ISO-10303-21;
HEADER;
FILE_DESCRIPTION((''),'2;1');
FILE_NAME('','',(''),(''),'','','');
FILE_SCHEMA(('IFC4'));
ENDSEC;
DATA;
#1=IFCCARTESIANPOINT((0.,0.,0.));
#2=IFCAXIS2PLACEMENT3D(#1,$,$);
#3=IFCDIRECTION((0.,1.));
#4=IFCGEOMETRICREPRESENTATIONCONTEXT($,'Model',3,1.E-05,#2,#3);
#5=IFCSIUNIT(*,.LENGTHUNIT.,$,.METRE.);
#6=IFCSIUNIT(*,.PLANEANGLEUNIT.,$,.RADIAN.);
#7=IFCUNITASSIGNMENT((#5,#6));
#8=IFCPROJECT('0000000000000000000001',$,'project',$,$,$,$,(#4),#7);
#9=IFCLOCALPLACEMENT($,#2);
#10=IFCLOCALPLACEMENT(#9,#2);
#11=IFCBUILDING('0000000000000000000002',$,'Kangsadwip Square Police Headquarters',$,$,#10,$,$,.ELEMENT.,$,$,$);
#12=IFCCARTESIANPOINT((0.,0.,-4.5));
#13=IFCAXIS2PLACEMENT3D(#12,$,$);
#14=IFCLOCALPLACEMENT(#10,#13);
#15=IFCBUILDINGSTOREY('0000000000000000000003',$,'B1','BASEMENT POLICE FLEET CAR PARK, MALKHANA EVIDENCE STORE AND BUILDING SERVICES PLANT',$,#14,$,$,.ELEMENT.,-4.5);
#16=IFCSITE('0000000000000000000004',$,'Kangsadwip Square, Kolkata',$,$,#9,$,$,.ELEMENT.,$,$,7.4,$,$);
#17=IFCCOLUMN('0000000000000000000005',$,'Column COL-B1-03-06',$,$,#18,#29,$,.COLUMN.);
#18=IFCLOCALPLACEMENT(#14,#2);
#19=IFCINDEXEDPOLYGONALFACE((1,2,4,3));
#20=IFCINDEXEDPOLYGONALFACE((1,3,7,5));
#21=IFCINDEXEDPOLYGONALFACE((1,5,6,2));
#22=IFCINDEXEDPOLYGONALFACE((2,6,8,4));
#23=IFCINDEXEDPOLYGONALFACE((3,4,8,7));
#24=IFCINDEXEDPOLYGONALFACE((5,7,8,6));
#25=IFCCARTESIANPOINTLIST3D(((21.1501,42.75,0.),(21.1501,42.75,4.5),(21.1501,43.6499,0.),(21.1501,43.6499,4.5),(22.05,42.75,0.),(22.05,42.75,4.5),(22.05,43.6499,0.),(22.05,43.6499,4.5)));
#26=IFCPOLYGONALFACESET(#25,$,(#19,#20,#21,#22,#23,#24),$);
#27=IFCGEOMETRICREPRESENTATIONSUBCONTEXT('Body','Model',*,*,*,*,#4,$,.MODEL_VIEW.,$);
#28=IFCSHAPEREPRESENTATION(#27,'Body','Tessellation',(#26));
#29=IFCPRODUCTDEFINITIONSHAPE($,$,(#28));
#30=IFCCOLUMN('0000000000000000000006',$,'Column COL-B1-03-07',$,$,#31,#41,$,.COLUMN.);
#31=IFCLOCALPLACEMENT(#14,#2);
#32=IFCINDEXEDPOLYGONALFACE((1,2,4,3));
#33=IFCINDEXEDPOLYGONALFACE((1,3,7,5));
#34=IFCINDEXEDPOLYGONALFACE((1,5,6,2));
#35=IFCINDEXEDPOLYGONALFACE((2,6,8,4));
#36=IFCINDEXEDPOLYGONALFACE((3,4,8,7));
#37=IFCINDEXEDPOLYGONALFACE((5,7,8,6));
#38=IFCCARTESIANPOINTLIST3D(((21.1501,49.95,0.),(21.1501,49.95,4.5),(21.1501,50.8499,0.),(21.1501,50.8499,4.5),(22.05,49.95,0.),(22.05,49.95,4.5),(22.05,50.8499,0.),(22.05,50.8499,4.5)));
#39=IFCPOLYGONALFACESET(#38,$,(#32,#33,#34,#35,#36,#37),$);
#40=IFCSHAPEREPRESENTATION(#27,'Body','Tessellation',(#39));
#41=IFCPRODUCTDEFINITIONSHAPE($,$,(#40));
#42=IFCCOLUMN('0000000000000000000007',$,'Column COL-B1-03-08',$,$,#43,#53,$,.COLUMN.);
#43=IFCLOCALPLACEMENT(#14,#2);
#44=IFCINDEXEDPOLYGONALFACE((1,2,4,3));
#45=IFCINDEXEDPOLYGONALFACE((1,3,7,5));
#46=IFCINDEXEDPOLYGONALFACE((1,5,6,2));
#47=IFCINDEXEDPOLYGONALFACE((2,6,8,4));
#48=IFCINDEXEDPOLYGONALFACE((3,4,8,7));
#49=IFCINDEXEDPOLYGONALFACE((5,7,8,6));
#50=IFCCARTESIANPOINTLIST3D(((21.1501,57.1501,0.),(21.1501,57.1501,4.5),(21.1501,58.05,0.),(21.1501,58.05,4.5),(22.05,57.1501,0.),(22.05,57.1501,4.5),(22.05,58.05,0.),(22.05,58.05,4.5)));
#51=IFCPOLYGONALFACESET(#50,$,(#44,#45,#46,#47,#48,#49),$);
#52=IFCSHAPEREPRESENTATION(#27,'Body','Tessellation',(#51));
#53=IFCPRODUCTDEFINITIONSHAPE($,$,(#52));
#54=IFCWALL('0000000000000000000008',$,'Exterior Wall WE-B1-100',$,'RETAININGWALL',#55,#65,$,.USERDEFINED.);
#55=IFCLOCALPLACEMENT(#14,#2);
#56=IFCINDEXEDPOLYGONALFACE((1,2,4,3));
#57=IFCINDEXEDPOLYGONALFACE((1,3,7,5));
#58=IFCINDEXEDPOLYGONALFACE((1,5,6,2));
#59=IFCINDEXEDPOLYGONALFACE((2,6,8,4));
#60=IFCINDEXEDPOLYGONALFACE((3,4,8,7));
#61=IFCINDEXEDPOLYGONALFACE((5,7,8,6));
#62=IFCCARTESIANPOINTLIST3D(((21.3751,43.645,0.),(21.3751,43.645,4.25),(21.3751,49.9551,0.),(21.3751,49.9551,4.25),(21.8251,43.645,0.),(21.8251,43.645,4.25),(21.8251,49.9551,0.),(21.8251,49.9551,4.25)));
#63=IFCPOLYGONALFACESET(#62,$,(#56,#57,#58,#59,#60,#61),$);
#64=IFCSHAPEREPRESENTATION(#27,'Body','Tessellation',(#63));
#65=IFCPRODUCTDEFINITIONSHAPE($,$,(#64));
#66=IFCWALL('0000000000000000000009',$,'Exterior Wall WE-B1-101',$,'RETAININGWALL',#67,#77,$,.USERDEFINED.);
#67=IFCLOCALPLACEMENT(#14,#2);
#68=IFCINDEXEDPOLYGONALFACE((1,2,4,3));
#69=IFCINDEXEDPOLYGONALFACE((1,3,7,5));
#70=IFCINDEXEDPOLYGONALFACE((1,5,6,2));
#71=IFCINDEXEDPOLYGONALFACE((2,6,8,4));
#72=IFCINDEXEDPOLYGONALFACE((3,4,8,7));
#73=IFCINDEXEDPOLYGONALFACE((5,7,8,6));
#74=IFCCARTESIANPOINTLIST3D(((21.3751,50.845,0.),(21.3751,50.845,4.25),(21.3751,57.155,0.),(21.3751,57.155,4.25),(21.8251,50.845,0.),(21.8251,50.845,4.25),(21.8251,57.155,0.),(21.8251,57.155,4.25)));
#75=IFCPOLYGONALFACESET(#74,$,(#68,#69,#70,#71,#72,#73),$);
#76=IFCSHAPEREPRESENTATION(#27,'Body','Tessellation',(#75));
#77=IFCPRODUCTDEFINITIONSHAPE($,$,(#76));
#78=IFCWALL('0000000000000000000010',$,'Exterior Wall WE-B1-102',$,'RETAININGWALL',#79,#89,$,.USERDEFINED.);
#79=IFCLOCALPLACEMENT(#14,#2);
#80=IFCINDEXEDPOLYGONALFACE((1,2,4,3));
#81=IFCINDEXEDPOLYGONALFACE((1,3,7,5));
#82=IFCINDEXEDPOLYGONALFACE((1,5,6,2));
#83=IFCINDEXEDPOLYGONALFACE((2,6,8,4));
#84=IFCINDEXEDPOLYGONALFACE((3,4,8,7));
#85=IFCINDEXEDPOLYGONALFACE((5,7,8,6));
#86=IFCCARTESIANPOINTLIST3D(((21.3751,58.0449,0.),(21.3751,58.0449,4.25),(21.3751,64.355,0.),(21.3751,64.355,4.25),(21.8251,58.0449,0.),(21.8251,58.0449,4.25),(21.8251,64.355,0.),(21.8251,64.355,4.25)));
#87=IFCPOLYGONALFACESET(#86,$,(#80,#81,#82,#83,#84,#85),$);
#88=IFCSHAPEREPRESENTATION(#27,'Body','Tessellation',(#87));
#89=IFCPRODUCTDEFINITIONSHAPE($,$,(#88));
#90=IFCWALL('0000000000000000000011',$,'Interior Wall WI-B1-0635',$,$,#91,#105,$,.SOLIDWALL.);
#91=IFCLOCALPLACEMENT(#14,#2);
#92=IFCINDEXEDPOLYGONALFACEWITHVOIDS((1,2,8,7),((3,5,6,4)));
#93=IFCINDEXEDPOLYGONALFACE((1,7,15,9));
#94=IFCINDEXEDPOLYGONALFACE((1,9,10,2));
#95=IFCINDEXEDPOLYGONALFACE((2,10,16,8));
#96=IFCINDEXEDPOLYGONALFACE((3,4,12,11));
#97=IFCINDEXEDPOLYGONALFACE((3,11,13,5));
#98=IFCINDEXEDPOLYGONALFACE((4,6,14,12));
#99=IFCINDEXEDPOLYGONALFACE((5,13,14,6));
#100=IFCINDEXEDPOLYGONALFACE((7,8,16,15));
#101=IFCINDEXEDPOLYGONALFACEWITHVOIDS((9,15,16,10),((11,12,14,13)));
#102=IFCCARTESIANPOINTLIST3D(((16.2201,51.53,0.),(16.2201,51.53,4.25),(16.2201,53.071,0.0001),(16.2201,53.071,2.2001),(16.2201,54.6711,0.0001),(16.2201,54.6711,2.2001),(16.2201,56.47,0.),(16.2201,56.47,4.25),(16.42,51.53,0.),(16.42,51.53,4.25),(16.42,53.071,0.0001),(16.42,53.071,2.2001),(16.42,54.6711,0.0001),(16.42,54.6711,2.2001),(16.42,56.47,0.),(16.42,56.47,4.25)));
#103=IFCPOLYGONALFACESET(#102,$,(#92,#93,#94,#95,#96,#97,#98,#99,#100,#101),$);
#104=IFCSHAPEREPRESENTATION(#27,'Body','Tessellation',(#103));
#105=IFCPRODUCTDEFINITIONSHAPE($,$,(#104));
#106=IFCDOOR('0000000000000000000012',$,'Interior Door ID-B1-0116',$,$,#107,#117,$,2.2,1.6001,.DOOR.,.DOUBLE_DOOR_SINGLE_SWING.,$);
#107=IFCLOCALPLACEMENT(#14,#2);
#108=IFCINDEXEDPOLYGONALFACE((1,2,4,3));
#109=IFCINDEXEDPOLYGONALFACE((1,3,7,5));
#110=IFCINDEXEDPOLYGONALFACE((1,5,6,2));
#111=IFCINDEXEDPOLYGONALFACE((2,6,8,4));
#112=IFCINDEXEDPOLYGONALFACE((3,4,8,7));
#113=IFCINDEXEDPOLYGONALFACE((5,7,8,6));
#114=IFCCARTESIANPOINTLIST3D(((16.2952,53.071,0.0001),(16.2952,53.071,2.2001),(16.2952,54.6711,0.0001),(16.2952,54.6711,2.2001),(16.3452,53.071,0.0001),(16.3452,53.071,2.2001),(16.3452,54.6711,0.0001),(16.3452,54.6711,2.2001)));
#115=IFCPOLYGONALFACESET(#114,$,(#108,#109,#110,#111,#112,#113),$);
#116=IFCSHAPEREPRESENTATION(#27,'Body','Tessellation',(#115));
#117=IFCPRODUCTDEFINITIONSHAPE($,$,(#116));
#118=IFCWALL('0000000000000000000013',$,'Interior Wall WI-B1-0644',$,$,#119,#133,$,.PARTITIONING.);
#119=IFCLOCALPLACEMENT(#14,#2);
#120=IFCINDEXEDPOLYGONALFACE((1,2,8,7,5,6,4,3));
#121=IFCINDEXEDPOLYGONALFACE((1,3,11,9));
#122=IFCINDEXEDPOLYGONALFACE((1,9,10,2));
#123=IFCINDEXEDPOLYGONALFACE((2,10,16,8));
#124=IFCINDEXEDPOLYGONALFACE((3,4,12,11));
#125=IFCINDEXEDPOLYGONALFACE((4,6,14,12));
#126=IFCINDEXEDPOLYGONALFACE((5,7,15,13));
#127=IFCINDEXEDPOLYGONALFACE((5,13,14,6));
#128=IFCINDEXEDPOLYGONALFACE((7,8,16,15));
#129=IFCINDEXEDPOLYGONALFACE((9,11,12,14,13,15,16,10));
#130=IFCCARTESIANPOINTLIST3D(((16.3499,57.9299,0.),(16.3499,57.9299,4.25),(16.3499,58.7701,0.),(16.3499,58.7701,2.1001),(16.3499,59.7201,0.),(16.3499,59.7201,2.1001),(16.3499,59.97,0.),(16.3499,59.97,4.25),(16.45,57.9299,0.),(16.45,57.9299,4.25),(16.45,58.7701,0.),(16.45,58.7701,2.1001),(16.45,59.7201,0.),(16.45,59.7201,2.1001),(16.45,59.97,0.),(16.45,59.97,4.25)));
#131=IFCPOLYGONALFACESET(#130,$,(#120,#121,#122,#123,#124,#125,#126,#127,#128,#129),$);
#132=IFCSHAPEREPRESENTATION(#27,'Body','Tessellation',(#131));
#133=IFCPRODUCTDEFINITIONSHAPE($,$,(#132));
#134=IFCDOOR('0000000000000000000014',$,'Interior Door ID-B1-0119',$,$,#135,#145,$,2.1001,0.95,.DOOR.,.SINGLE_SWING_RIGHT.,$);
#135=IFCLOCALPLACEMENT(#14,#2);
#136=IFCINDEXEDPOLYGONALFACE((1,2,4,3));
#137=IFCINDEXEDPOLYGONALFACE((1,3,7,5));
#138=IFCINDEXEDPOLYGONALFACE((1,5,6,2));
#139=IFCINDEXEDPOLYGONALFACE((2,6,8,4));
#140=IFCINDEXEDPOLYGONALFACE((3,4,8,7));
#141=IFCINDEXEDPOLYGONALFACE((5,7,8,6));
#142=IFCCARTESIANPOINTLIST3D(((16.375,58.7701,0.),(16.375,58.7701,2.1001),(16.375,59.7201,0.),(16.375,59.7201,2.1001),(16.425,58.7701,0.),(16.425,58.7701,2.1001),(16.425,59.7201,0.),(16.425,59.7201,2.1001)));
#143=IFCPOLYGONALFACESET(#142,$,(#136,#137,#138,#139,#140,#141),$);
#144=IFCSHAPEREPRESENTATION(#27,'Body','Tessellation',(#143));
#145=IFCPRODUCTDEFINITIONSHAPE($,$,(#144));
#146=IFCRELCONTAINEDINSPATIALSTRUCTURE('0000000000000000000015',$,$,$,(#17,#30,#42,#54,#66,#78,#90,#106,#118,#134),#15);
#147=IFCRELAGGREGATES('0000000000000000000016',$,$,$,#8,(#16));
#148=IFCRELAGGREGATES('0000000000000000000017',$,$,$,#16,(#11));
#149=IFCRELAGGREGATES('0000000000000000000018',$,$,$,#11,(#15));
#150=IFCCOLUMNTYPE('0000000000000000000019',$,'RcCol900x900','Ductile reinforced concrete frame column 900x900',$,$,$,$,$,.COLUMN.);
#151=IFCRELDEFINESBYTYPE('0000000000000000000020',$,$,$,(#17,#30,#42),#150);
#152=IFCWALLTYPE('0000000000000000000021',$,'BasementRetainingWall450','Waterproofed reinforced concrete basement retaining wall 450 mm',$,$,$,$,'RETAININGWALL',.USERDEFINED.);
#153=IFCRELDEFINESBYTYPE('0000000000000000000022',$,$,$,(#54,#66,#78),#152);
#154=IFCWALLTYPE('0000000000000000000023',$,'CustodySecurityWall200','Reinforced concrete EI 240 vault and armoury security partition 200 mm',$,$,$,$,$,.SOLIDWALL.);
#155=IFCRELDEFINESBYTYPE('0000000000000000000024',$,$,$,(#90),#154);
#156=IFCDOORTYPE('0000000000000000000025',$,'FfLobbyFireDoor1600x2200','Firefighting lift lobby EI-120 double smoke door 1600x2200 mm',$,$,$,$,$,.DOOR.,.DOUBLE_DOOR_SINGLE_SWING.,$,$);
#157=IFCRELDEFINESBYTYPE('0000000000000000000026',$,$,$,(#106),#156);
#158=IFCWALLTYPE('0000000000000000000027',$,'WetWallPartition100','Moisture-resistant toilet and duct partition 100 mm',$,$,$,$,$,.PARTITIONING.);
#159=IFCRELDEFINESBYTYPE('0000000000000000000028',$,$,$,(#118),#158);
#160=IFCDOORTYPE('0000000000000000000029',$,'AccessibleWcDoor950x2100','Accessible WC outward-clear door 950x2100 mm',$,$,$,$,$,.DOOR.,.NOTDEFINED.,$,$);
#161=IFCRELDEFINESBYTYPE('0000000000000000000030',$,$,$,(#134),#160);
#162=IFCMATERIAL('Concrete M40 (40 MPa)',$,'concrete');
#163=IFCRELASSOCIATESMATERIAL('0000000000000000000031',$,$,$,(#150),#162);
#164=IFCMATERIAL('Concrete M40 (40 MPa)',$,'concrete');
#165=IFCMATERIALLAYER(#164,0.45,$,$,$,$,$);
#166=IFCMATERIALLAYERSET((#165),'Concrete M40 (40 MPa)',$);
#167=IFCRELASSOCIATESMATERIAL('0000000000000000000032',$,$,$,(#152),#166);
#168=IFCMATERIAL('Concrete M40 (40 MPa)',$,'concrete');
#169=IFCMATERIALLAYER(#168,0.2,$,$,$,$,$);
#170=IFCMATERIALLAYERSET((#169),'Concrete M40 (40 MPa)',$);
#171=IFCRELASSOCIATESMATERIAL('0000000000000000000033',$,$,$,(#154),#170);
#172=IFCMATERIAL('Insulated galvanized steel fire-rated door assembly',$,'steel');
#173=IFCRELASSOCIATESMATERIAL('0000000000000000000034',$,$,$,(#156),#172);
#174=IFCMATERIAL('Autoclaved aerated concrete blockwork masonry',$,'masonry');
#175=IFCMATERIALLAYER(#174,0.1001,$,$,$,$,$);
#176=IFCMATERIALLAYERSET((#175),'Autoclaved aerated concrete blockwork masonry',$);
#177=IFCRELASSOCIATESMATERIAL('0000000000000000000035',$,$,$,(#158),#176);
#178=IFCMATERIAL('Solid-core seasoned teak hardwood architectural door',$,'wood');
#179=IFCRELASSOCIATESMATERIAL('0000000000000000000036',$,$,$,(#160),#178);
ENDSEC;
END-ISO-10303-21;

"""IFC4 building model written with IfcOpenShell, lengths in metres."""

from ifc_helpers import new_model, si_unit, direction, frame, frame_2d, origin, origin_2d, place, context, subcontext, project, spatial, rectangle, extrude, material, layer, layer_set, material_profile, profile_set, type_object, element, fill, save


model = new_model("IFC4")

# Units and contexts
model_context = context("Model", 3, precision=1e-05, world=origin(), true_north=direction((0.0, 1.0)))
body_context = subcontext(model_context, "Body", "Model", "MODEL_VIEW")
ifc_project = project(units=[si_unit("LENGTHUNIT", "METRE"), si_unit("PLANEANGLEUNIT", "RADIAN")], contexts=[model_context])

# Site, building, storey
site_placement = place(None, origin())
site = spatial("IfcSite", under=ifc_project, at=site_placement, Name="Kangsadwip Square, Kolkata", CompositionType="ELEMENT", RefElevation=7.4)
building_placement = place(site_placement, origin())
building = spatial("IfcBuilding", under=site, at=building_placement, Name="Kangsadwip Square Police Headquarters", CompositionType="ELEMENT")
storey_placement = place(building_placement, frame((0.0, 0.0, -4.5)))
storey = spatial("IfcBuildingStorey", under=building, at=storey_placement, Name="B1", Description="BASEMENT POLICE FLEET CAR PARK, MALKHANA EVIDENCE STORE AND BUILDING SERVICES PLANT", CompositionType="ELEMENT", Elevation=-4.5)

# Columns
ifc_material_1 = material(Name="Concrete M40 (40 MPa)", Category="concrete")
ifc_material_profile_1 = material_profile(ifc_material_1, rectangle(XDim=0.8999, YDim=0.8999, at=origin_2d()), Name="RC COL 900X900")
ifc_profile_set_1 = profile_set([ifc_material_profile_1], Name="Concrete M40 (40 MPa)")
column_type_1 = type_object("IfcColumnType", Name="RcCol900x900", Description="Ductile reinforced concrete frame column 900x900", PredefinedType="COLUMN", material=ifc_profile_set_1)
for number, where, z_axis, x_axis, name in (
    (1, (21.6001, 43.2, 0.0), (0.0, 0.0, 1.0), (1.0, 0.0, 0.0), "Column COL-B1-03-06"),
    (2, (21.6001, 50.3999, 0.0), (0.0, 0.0, 1.0), (1.0, 0.0, 0.0), "Column COL-B1-03-07"),
    (3, (21.6001, 57.6001, 0.0), (0.0, 0.0, 1.0), (1.0, 0.0, 0.0), "Column COL-B1-03-08"),
):
    element("IfcColumn", number, at=place(storey_placement, frame(where, z_axis=z_axis, x_axis=x_axis)), inside=storey, type_object=column_type_1, Name=name, PredefinedType="COLUMN", context=body_context, shape_type="SweptSolid", body=[
        extrude(rectangle(XDim=0.8999, YDim=0.8999, at=origin_2d()), origin(), (0.0, 0.0, 1.0), 4.5),
    ])

# Walls
ifc_material_2 = material(Name="Concrete M40 (40 MPa)", Category="concrete")
ifc_layer_1 = layer(ifc_material_2, 0.45)
ifc_layer_set_1 = layer_set([ifc_layer_1], Name="Concrete M40 (40 MPa)")
wall_type_1 = type_object("IfcWallType", Name="BasementRetainingWall450", Description="Waterproofed reinforced concrete basement retaining wall 450 mm", ElementType="RETAININGWALL", PredefinedType="USERDEFINED", material=ifc_layer_set_1)
for number, where, z_axis, x_axis, name in (
    (4, (21.6001, 43.645, 0.0), (0.0, 0.0, 1.0), (0.0, 1.0, 0.0), "Exterior Wall WE-B1-100"),
    (5, (21.6001, 50.845, 0.0), (0.0, 0.0, 1.0), (0.0, 1.0, 0.0), "Exterior Wall WE-B1-101"),
    (6, (21.6001, 58.0449, 0.0), (0.0, 0.0, 1.0), (0.0, 1.0, 0.0), "Exterior Wall WE-B1-102"),
):
    element("IfcWall", number, at=place(storey_placement, frame(where, z_axis=z_axis, x_axis=x_axis)), inside=storey, type_object=wall_type_1, Name=name, ObjectType="RETAININGWALL", PredefinedType="USERDEFINED", context=body_context, shape_type="SweptSolid", body=[
        extrude(rectangle(XDim=6.3101, YDim=0.45, at=frame_2d((3.155, 0.0))), origin(), (0.0, 0.0, 1.0), 4.25),
    ])

# Walls, openings, doors
ifc_material_3 = material(Name="Concrete M40 (40 MPa)", Category="concrete")
ifc_layer_2 = layer(ifc_material_3, 0.2)
ifc_layer_set_2 = layer_set([ifc_layer_2], Name="Concrete M40 (40 MPa)")
wall_type_2 = type_object("IfcWallType", Name="CustodySecurityWall200", Description="Reinforced concrete EI 240 vault and armoury security partition 200 mm", PredefinedType="SOLIDWALL", material=ifc_layer_set_2)
wall_1_placement = place(storey_placement, frame((16.3201, 51.53, 0.0), z_axis=(0.0, 0.0, 1.0), x_axis=(0.0, 1.0, 0.0)))
wall_1 = element("IfcWall", 7, at=wall_1_placement, inside=storey, type_object=wall_type_2, Name="Interior Wall WI-B1-0635", PredefinedType="SOLIDWALL", context=body_context, shape_type="SweptSolid", body=[
    extrude(rectangle(XDim=4.9399, YDim=0.2, at=frame_2d((2.47, 0.0))), origin(), (0.0, 0.0, 1.0), 4.25),
])
opening_1_placement = place(wall_1_placement, frame((1.541, 0.0, 0.0)))
opening_1 = element("IfcOpeningElement", 8, at=opening_1_placement, cuts=wall_1, PredefinedType="OPENING", context=body_context, shape_type="SweptSolid", body=[
    extrude(rectangle(XDim=1.6001, YDim=2.2, at=frame_2d((0.8, 1.1001))), frame((0.0, 0.1099, 0.0), z_axis=(0.0, -1.0, 0.0), x_axis=(1.0, 0.0, 0.0)), (0.0, 0.0, 1.0), 0.22),
])
ifc_material_4 = material(Name="Insulated galvanized steel fire-rated door assembly", Category="steel")
door_type_1 = type_object("IfcDoorType", Name="FfLobbyFireDoor1600x2200", Description="Firefighting lift lobby EI-120 double smoke door 1600x2200 mm", OperationType="DOUBLE_DOOR_SINGLE_SWING", PredefinedType="DOOR", material=ifc_material_4)
door_1_placement = place(opening_1_placement, origin())
door_1 = element("IfcDoor", 9, at=door_1_placement, inside=storey, type_object=door_type_1, Name="Interior Door ID-B1-0116", OperationType="DOUBLE_DOOR_SINGLE_SWING", OverallHeight=2.2, OverallWidth=1.6001, PredefinedType="DOOR", context=body_context, shape_type="SweptSolid", body=[
    extrude(rectangle(XDim=1.6001, YDim=2.2, at=frame_2d((0.8, 1.1001))), frame((0.0, 0.0249, 0.0), z_axis=(0.0, -1.0, 0.0), x_axis=(1.0, 0.0, 0.0)), (0.0, 0.0, 1.0), 0.05),
])
fill(opening_1, door_1)
ifc_material_5 = material(Name="Autoclaved aerated concrete blockwork masonry", Category="masonry")
ifc_layer_3 = layer(ifc_material_5, 0.1001)
ifc_layer_set_3 = layer_set([ifc_layer_3], Name="Autoclaved aerated concrete blockwork masonry")
wall_type_3 = type_object("IfcWallType", Name="WetWallPartition100", Description="Moisture-resistant toilet and duct partition 100 mm", PredefinedType="PARTITIONING", material=ifc_layer_set_3)
wall_2_placement = place(storey_placement, frame((16.3999, 57.9299, 0.0), z_axis=(0.0, 0.0, 1.0), x_axis=(0.0, 1.0, 0.0)))
wall_2 = element("IfcWall", 10, at=wall_2_placement, inside=storey, type_object=wall_type_3, Name="Interior Wall WI-B1-0644", PredefinedType="PARTITIONING", context=body_context, shape_type="SweptSolid", body=[
    extrude(rectangle(XDim=2.04, YDim=0.1001, at=frame_2d((1.02, 0.0))), origin(), (0.0, 0.0, 1.0), 4.25),
])
opening_2_placement = place(wall_2_placement, frame((0.8401, 0.0, 0.0)))
opening_2 = element("IfcOpeningElement", 11, at=opening_2_placement, cuts=wall_2, PredefinedType="OPENING", context=body_context, shape_type="SweptSolid", body=[
    extrude(rectangle(XDim=0.95, YDim=2.1001, at=frame_2d((0.4751, 1.05))), frame((0.0, 0.0601, 0.0), z_axis=(0.0, -1.0, 0.0), x_axis=(1.0, 0.0, 0.0)), (0.0, 0.0, 1.0), 0.1201),
])
ifc_material_6 = material(Name="Solid-core seasoned teak hardwood architectural door", Category="wood")
door_type_2 = type_object("IfcDoorType", Name="AccessibleWcDoor950x2100", Description="Accessible WC outward-clear door 950x2100 mm", OperationType="NOTDEFINED", PredefinedType="DOOR", material=ifc_material_6)
door_2_placement = place(opening_2_placement, origin())
door_2 = element("IfcDoor", 12, at=door_2_placement, inside=storey, type_object=door_type_2, Name="Interior Door ID-B1-0119", OperationType="SINGLE_SWING_RIGHT", OverallHeight=2.1001, OverallWidth=0.95, PredefinedType="DOOR", context=body_context, shape_type="SweptSolid", body=[
    extrude(rectangle(XDim=0.95, YDim=2.1001, at=frame_2d((0.4751, 1.05))), frame((0.0, 0.0249, 0.0), z_axis=(0.0, -1.0, 0.0), x_axis=(1.0, 0.0, 0.0)), (0.0, 0.0, 1.0), 0.05),
])
fill(opening_2, door_2)

save(model, "model.ifc")
